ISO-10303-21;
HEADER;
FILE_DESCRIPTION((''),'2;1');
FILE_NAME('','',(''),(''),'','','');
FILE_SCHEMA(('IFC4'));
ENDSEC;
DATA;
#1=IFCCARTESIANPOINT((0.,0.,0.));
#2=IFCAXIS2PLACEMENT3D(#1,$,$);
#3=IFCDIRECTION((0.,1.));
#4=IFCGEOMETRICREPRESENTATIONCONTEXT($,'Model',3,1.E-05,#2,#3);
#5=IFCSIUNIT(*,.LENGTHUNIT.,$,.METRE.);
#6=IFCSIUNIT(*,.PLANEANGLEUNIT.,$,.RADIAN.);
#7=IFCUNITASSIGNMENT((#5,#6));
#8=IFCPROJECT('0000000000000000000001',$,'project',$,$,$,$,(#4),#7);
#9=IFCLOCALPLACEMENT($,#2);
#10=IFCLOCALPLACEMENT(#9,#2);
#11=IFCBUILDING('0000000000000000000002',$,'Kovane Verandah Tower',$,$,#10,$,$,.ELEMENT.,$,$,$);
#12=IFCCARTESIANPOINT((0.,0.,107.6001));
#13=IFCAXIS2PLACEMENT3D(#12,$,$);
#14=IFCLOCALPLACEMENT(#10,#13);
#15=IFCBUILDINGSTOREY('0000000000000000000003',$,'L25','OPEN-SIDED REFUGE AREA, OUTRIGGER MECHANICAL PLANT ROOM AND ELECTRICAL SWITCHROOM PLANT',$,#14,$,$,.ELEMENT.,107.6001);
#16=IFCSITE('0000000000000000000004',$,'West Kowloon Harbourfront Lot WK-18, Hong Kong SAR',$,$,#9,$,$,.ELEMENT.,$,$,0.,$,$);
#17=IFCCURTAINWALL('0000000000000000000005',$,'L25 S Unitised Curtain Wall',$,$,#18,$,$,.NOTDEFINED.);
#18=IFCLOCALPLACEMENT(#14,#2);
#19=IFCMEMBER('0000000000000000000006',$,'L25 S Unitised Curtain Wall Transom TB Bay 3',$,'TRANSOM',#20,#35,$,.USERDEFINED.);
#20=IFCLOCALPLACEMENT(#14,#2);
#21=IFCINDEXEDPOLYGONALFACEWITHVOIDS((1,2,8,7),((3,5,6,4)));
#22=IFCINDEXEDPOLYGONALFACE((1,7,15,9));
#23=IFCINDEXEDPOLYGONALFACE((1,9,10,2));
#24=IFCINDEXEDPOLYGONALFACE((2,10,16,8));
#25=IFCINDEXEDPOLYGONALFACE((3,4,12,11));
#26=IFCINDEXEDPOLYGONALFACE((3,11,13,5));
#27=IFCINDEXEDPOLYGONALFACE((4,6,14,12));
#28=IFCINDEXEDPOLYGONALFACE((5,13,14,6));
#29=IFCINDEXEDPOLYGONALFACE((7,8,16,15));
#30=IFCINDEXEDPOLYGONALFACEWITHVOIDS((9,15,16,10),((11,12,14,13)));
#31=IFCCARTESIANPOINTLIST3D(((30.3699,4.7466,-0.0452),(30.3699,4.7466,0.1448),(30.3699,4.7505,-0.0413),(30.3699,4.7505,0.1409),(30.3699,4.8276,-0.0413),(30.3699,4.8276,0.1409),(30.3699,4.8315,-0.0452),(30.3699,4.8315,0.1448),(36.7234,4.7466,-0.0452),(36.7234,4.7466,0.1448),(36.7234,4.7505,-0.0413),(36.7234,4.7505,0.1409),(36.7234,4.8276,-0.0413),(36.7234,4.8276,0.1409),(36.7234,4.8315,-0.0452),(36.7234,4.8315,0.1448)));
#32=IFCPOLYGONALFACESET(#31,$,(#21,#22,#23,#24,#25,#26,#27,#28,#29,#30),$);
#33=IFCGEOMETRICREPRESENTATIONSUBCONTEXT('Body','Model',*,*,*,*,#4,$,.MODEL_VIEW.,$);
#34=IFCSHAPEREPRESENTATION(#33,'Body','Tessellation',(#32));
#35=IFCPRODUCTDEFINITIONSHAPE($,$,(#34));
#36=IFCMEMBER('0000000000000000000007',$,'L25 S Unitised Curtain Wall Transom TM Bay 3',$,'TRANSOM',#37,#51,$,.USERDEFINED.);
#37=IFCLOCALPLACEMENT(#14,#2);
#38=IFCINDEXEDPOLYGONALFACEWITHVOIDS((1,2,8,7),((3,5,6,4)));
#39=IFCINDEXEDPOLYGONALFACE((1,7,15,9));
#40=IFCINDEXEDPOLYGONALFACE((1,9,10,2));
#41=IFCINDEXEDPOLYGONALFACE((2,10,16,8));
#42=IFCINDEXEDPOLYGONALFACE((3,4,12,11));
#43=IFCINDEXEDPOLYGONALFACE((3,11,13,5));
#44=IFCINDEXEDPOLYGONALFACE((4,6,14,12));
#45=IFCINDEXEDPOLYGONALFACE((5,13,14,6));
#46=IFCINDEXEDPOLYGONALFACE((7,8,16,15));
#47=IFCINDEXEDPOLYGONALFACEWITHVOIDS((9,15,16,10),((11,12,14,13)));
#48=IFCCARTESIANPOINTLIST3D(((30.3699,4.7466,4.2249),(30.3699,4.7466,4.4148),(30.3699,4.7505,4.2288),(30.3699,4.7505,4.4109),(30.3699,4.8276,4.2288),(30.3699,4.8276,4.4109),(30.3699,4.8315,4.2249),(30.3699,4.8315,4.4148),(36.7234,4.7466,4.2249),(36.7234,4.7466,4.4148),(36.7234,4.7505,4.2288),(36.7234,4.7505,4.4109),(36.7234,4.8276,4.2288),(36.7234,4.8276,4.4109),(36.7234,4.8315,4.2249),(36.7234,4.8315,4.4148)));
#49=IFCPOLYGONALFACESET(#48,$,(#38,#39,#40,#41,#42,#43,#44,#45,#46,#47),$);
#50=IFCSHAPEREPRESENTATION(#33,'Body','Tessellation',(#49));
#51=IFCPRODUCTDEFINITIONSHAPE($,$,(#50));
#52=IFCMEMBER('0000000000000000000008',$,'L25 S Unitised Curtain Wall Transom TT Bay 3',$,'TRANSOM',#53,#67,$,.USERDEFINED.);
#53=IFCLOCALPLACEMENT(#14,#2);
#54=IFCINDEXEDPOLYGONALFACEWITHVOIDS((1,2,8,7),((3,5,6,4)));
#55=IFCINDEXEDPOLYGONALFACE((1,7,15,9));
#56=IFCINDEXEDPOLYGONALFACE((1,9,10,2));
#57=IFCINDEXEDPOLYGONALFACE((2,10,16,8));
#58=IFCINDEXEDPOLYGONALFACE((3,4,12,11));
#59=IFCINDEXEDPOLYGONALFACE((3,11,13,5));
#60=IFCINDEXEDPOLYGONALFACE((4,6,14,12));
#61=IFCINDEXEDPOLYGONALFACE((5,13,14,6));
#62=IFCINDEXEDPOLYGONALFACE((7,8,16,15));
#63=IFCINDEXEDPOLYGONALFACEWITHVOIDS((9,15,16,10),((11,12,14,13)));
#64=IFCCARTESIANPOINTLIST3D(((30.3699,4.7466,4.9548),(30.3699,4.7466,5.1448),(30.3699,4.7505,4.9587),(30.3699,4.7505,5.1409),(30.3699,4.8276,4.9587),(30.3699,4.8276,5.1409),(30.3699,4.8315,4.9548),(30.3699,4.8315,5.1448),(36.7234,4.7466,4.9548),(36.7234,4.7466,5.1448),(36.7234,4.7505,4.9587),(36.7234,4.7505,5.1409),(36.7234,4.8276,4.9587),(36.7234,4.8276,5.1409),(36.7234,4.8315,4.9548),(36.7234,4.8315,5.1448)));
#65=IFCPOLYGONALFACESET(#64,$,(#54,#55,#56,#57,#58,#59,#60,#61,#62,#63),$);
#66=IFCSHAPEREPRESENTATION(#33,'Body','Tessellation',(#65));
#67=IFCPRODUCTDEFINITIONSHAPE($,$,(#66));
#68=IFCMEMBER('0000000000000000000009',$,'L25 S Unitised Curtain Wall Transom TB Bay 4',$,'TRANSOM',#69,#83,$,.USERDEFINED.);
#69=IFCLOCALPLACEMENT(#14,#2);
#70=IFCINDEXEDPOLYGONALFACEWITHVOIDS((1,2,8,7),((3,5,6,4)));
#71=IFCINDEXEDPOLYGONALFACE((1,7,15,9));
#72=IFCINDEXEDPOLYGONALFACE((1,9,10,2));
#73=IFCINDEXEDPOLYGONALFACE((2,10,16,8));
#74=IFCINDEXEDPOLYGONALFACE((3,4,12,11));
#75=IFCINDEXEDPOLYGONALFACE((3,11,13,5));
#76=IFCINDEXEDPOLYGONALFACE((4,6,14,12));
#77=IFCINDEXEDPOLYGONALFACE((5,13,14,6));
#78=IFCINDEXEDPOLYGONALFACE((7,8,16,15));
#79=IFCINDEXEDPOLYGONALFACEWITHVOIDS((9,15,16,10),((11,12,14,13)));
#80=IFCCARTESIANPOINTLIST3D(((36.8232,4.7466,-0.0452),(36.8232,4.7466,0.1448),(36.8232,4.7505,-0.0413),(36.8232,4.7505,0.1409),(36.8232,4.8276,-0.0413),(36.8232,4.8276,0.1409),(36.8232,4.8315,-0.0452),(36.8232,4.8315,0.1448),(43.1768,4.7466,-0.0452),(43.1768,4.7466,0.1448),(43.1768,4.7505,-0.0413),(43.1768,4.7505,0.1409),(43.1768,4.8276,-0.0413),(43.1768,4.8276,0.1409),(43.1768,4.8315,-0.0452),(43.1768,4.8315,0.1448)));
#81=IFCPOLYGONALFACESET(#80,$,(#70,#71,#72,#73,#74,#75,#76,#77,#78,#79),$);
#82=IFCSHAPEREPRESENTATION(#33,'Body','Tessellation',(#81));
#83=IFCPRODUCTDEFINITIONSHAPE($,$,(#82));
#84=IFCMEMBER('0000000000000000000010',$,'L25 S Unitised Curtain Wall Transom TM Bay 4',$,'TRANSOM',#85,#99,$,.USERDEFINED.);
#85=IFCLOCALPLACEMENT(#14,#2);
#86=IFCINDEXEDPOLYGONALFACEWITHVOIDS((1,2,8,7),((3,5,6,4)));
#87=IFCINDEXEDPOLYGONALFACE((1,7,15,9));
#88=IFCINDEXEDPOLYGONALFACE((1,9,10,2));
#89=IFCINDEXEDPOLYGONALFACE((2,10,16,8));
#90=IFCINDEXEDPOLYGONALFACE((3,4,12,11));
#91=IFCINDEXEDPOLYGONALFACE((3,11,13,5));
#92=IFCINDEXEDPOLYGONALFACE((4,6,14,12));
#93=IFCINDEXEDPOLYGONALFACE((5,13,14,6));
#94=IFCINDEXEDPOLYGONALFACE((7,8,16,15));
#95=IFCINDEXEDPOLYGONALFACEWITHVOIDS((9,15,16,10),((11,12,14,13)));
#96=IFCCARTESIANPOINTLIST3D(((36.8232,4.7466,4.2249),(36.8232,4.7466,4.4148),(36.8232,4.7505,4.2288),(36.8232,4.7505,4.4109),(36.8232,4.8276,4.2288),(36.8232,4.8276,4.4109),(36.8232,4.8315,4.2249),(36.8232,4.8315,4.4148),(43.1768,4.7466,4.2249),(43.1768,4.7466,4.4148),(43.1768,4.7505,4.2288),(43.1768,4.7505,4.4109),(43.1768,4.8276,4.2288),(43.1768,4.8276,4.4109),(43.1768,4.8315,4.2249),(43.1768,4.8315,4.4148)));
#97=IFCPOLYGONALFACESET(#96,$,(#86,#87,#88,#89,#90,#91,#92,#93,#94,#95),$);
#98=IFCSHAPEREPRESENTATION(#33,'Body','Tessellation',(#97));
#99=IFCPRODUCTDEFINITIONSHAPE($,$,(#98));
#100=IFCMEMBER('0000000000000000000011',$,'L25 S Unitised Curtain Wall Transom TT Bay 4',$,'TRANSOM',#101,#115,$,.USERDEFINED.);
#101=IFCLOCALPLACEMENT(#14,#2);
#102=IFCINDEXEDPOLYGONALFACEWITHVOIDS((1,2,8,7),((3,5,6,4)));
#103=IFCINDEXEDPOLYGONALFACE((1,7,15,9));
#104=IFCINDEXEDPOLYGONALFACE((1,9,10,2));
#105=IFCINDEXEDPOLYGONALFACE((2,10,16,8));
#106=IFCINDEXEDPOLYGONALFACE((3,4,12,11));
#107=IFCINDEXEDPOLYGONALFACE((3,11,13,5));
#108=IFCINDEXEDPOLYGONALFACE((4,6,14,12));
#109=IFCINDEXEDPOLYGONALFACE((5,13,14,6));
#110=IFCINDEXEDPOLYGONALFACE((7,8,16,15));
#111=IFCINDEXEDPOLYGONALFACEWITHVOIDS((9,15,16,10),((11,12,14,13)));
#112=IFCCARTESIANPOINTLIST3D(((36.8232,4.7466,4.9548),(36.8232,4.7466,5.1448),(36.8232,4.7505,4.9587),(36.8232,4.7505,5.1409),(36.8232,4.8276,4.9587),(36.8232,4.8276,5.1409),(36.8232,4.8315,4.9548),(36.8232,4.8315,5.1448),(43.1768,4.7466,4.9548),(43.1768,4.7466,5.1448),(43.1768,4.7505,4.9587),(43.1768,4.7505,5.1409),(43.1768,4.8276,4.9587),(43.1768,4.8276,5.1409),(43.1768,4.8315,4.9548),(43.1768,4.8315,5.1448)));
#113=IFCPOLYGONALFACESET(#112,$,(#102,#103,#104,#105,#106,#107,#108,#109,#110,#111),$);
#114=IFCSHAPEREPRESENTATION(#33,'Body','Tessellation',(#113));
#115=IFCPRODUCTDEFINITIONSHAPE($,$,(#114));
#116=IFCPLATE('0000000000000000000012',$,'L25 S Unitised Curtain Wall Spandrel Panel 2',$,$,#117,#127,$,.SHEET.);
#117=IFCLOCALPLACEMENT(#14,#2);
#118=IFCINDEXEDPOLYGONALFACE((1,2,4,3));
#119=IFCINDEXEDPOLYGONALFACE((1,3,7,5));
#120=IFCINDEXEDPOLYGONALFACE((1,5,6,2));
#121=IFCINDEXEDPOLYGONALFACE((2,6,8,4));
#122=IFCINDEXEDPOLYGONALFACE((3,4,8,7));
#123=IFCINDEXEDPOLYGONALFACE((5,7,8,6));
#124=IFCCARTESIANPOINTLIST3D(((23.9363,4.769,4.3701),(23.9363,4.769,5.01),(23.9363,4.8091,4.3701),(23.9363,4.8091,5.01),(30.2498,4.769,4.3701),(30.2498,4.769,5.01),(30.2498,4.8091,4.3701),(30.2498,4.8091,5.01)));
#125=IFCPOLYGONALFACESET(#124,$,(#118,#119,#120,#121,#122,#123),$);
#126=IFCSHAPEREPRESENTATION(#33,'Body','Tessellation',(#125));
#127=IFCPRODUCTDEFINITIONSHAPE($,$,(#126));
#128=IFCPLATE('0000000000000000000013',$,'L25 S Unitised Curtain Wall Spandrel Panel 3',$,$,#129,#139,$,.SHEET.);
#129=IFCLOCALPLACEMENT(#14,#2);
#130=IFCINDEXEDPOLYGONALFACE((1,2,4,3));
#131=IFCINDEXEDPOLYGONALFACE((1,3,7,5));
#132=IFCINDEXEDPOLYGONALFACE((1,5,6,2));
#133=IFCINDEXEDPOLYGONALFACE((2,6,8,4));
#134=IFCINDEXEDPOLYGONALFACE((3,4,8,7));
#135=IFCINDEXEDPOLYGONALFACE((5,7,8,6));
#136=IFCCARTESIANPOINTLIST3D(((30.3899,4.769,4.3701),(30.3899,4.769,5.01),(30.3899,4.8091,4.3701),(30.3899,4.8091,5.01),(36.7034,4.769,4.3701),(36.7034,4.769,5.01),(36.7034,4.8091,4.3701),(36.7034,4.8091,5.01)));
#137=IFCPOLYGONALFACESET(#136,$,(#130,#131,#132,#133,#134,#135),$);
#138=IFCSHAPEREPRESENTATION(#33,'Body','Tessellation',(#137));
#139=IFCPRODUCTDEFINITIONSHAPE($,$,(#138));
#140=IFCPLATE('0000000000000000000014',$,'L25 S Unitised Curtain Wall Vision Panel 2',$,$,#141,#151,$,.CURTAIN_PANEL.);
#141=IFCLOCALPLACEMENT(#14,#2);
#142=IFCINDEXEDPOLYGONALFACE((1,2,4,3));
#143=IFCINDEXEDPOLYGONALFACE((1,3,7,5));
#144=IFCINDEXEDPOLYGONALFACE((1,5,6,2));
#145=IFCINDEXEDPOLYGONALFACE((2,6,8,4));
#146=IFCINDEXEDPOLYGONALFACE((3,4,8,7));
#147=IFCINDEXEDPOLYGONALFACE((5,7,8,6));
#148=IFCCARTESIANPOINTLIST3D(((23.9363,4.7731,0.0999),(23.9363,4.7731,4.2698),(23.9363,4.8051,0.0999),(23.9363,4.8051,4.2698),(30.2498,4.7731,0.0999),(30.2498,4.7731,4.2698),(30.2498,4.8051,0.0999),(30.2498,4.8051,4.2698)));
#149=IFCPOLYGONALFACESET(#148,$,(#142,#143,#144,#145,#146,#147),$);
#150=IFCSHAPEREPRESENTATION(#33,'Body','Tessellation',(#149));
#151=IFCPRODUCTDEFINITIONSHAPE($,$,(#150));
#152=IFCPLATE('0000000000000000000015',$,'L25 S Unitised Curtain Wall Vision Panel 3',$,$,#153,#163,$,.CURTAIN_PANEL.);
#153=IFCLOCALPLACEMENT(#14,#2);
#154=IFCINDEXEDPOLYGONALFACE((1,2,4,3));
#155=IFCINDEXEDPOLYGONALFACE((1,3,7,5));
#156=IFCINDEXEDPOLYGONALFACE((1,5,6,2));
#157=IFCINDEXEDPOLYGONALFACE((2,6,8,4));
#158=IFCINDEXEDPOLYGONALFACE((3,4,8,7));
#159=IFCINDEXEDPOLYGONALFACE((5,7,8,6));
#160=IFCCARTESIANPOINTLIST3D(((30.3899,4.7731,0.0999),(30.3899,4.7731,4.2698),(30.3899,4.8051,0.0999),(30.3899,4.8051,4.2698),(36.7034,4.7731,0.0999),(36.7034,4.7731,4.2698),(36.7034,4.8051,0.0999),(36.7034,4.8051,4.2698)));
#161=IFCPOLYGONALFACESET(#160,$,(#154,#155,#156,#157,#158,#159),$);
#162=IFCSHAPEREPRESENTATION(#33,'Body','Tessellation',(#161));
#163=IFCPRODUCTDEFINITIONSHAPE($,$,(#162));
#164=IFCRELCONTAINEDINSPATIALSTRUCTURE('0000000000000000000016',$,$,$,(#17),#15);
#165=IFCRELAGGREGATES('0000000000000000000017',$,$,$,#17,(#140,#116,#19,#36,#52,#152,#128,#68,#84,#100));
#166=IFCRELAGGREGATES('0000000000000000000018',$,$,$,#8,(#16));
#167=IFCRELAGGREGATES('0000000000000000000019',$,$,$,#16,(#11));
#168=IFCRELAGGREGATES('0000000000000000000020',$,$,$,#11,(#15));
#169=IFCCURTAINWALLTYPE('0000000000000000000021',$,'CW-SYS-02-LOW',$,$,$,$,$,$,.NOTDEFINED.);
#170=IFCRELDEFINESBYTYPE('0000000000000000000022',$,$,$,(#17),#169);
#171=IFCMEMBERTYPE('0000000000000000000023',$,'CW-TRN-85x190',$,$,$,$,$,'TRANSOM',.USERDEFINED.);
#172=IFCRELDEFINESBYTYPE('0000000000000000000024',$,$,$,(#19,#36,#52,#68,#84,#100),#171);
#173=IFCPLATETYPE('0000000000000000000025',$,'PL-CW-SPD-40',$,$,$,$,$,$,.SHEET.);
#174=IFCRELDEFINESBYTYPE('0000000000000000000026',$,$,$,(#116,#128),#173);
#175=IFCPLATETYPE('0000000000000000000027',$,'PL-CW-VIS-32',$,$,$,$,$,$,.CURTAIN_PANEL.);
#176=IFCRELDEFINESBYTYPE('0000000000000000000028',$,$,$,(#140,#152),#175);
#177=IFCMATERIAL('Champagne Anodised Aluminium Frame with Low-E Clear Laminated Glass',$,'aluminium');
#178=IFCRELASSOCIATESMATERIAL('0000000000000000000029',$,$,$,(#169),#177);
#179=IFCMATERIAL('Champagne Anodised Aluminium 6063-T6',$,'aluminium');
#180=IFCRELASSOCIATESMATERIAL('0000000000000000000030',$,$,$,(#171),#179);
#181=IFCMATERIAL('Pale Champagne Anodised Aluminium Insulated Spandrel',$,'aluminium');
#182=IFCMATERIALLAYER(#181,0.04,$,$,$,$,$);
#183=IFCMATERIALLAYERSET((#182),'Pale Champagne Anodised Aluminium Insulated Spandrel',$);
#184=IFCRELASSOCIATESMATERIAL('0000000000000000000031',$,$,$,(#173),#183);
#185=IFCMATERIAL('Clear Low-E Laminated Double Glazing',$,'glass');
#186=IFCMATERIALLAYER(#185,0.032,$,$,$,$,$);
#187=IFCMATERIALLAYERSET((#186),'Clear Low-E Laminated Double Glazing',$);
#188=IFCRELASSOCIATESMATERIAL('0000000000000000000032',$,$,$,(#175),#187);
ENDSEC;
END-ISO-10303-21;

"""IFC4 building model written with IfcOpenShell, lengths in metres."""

from ifc_helpers import new_model, si_unit, direction, frame, origin, origin_2d, place, context, subcontext, project, spatial, rectangle, hollow_rectangle, extrude, material, layer, layer_set, material_profile, profile_set, type_object, element, aggregate, save


model = new_model("IFC4")

# Units and contexts
model_context = context("Model", 3, precision=1e-05, world=origin(), true_north=direction((0.0, 1.0)))
body_context = subcontext(model_context, "Body", "Model", "MODEL_VIEW")
ifc_project = project(units=[si_unit("LENGTHUNIT", "METRE"), si_unit("PLANEANGLEUNIT", "RADIAN")], contexts=[model_context])

# Site, building, storey
site_placement = place(None, origin())
site = spatial("IfcSite", under=ifc_project, at=site_placement, Name="West Kowloon Harbourfront Lot WK-18, Hong Kong SAR", CompositionType="ELEMENT", RefElevation=0.0)
building_placement = place(site_placement, origin())
building = spatial("IfcBuilding", under=site, at=building_placement, Name="Kovane Verandah Tower", CompositionType="ELEMENT")
storey_placement = place(building_placement, frame((0.0, 0.0, 107.6001)))
storey = spatial("IfcBuildingStorey", under=building, at=storey_placement, Name="L25", Description="OPEN-SIDED REFUGE AREA, OUTRIGGER MECHANICAL PLANT ROOM AND ELECTRICAL SWITCHROOM PLANT", CompositionType="ELEMENT", Elevation=107.6001)

# Curtain wall, members, plates
ifc_material_1 = material(Name="Champagne Anodised Aluminium Frame with Low-E Clear Laminated Glass", Category="aluminium")
curtain_wall_type = type_object("IfcCurtainWallType", Name="CW-SYS-02-LOW", PredefinedType="NOTDEFINED", material=ifc_material_1)
curtain_wall_placement = place(storey_placement, origin())
curtain_wall = element("IfcCurtainWall", 1, at=curtain_wall_placement, inside=storey, type_object=curtain_wall_type, Name="L25 S Unitised Curtain Wall", PredefinedType="NOTDEFINED")
ifc_material_2 = material(Name="Champagne Anodised Aluminium 6063-T6", Category="aluminium")
ifc_material_profile_1 = material_profile(ifc_material_2, hollow_rectangle(XDim=0.085, YDim=0.1899, WallThickness=0.0039, at=origin_2d()), Name="AL85x190x4")
ifc_profile_set_1 = profile_set([ifc_material_profile_1], Name="Champagne Anodised Aluminium 6063-T6")
member_type_1 = type_object("IfcMemberType", Name="CW-TRN-85x190", ElementType="TRANSOM", PredefinedType="USERDEFINED", material=ifc_profile_set_1)
member_1_placement = place(storey_placement, frame((30.3699, 4.7891, 0.0498), z_axis=(1.0, 0.0, 0.0), x_axis=(0.0, 1.0, 0.0)))
member_1 = element("IfcMember", 2, at=member_1_placement, type_object=member_type_1, Name="L25 S Unitised Curtain Wall Transom TB Bay 3", ObjectType="TRANSOM", PredefinedType="USERDEFINED", context=body_context, shape_type="SweptSolid", body=[
    extrude(hollow_rectangle(XDim=0.085, YDim=0.1899, WallThickness=0.0039, at=origin_2d()), origin(), (0.0, 0.0, 1.0), 6.3535),
])
member_2_placement = place(storey_placement, frame((30.3699, 4.7891, 4.3198), z_axis=(1.0, 0.0, 0.0), x_axis=(0.0, 1.0, 0.0)))
member_2 = element("IfcMember", 3, at=member_2_placement, type_object=member_type_1, Name="L25 S Unitised Curtain Wall Transom TM Bay 3", ObjectType="TRANSOM", PredefinedType="USERDEFINED", context=body_context, shape_type="SweptSolid", body=[
    extrude(hollow_rectangle(XDim=0.085, YDim=0.1899, WallThickness=0.0039, at=origin_2d()), origin(), (0.0, 0.0, 1.0), 6.3535),
])
member_3_placement = place(storey_placement, frame((30.3699, 4.7891, 5.0498), z_axis=(1.0, 0.0, 0.0), x_axis=(0.0, 1.0, 0.0)))
member_3 = element("IfcMember", 4, at=member_3_placement, type_object=member_type_1, Name="L25 S Unitised Curtain Wall Transom TT Bay 3", ObjectType="TRANSOM", PredefinedType="USERDEFINED", context=body_context, shape_type="SweptSolid", body=[
    extrude(hollow_rectangle(XDim=0.085, YDim=0.1899, WallThickness=0.0039, at=origin_2d()), origin(), (0.0, 0.0, 1.0), 6.3535),
])
member_4_placement = place(storey_placement, frame((36.8232, 4.7891, 0.0498), z_axis=(1.0, 0.0, 0.0), x_axis=(0.0, 1.0, 0.0)))
member_4 = element("IfcMember", 5, at=member_4_placement, type_object=member_type_1, Name="L25 S Unitised Curtain Wall Transom TB Bay 4", ObjectType="TRANSOM", PredefinedType="USERDEFINED", context=body_context, shape_type="SweptSolid", body=[
    extrude(hollow_rectangle(XDim=0.085, YDim=0.1899, WallThickness=0.0039, at=origin_2d()), origin(), (0.0, 0.0, 1.0), 6.3535),
])
member_5_placement = place(storey_placement, frame((36.8232, 4.7891, 4.3198), z_axis=(1.0, 0.0, 0.0), x_axis=(0.0, 1.0, 0.0)))
member_5 = element("IfcMember", 6, at=member_5_placement, type_object=member_type_1, Name="L25 S Unitised Curtain Wall Transom TM Bay 4", ObjectType="TRANSOM", PredefinedType="USERDEFINED", context=body_context, shape_type="SweptSolid", body=[
    extrude(hollow_rectangle(XDim=0.085, YDim=0.1899, WallThickness=0.0039, at=origin_2d()), origin(), (0.0, 0.0, 1.0), 6.3535),
])
member_6_placement = place(storey_placement, frame((36.8232, 4.7891, 5.0498), z_axis=(1.0, 0.0, 0.0), x_axis=(0.0, 1.0, 0.0)))
member_6 = element("IfcMember", 7, at=member_6_placement, type_object=member_type_1, Name="L25 S Unitised Curtain Wall Transom TT Bay 4", ObjectType="TRANSOM", PredefinedType="USERDEFINED", context=body_context, shape_type="SweptSolid", body=[
    extrude(hollow_rectangle(XDim=0.085, YDim=0.1899, WallThickness=0.0039, at=origin_2d()), origin(), (0.0, 0.0, 1.0), 6.3535),
])
ifc_material_3 = material(Name="Pale Champagne Anodised Aluminium Insulated Spandrel", Category="aluminium")
ifc_layer_1 = layer(ifc_material_3, 0.04)
ifc_layer_set_1 = layer_set([ifc_layer_1], Name="Pale Champagne Anodised Aluminium Insulated Spandrel")
plate_type_1 = type_object("IfcPlateType", Name="PL-CW-SPD-40", PredefinedType="SHEET", material=ifc_layer_set_1)
plate_1_placement = place(storey_placement, frame((27.093, 4.7891, 4.3701), z_axis=(0.0, 0.0, 1.0), x_axis=(1.0, 0.0, 0.0)))
plate_1 = element("IfcPlate", 8, at=plate_1_placement, type_object=plate_type_1, Name="L25 S Unitised Curtain Wall Spandrel Panel 2", PredefinedType="SHEET", context=body_context, shape_type="SweptSolid", body=[
    extrude(rectangle(XDim=6.3135, YDim=0.04, at=origin_2d()), origin(), (0.0, 0.0, 1.0), 0.6399),
])
plate_2_placement = place(storey_placement, frame((33.5466, 4.7891, 4.3701), z_axis=(0.0, 0.0, 1.0), x_axis=(1.0, 0.0, 0.0)))
plate_2 = element("IfcPlate", 9, at=plate_2_placement, type_object=plate_type_1, Name="L25 S Unitised Curtain Wall Spandrel Panel 3", PredefinedType="SHEET", context=body_context, shape_type="SweptSolid", body=[
    extrude(rectangle(XDim=6.3135, YDim=0.04, at=origin_2d()), origin(), (0.0, 0.0, 1.0), 0.6399),
])
ifc_material_4 = material(Name="Clear Low-E Laminated Double Glazing", Category="glass")
ifc_layer_2 = layer(ifc_material_4, 0.032)
ifc_layer_set_2 = layer_set([ifc_layer_2], Name="Clear Low-E Laminated Double Glazing")
plate_type_2 = type_object("IfcPlateType", Name="PL-CW-VIS-32", PredefinedType="CURTAIN_PANEL", material=ifc_layer_set_2)
plate_3_placement = place(storey_placement, frame((27.093, 4.7891, 0.0999), z_axis=(0.0, 0.0, 1.0), x_axis=(1.0, 0.0, 0.0)))
plate_3 = element("IfcPlate", 10, at=plate_3_placement, type_object=plate_type_2, Name="L25 S Unitised Curtain Wall Vision Panel 2", PredefinedType="CURTAIN_PANEL", context=body_context, shape_type="SweptSolid", body=[
    extrude(rectangle(XDim=6.3135, YDim=0.032, at=origin_2d()), origin(), (0.0, 0.0, 1.0), 4.1699),
])
plate_4_placement = place(storey_placement, frame((33.5466, 4.7891, 0.0999), z_axis=(0.0, 0.0, 1.0), x_axis=(1.0, 0.0, 0.0)))
plate_4 = element("IfcPlate", 11, at=plate_4_placement, type_object=plate_type_2, Name="L25 S Unitised Curtain Wall Vision Panel 3", PredefinedType="CURTAIN_PANEL", context=body_context, shape_type="SweptSolid", body=[
    extrude(rectangle(XDim=6.3135, YDim=0.032, at=origin_2d()), origin(), (0.0, 0.0, 1.0), 4.1699),
])
aggregate(curtain_wall, [plate_3, plate_1, member_1, member_2, member_3, plate_4, plate_2, member_4, member_5, member_6])

save(model, "model.ifc")
